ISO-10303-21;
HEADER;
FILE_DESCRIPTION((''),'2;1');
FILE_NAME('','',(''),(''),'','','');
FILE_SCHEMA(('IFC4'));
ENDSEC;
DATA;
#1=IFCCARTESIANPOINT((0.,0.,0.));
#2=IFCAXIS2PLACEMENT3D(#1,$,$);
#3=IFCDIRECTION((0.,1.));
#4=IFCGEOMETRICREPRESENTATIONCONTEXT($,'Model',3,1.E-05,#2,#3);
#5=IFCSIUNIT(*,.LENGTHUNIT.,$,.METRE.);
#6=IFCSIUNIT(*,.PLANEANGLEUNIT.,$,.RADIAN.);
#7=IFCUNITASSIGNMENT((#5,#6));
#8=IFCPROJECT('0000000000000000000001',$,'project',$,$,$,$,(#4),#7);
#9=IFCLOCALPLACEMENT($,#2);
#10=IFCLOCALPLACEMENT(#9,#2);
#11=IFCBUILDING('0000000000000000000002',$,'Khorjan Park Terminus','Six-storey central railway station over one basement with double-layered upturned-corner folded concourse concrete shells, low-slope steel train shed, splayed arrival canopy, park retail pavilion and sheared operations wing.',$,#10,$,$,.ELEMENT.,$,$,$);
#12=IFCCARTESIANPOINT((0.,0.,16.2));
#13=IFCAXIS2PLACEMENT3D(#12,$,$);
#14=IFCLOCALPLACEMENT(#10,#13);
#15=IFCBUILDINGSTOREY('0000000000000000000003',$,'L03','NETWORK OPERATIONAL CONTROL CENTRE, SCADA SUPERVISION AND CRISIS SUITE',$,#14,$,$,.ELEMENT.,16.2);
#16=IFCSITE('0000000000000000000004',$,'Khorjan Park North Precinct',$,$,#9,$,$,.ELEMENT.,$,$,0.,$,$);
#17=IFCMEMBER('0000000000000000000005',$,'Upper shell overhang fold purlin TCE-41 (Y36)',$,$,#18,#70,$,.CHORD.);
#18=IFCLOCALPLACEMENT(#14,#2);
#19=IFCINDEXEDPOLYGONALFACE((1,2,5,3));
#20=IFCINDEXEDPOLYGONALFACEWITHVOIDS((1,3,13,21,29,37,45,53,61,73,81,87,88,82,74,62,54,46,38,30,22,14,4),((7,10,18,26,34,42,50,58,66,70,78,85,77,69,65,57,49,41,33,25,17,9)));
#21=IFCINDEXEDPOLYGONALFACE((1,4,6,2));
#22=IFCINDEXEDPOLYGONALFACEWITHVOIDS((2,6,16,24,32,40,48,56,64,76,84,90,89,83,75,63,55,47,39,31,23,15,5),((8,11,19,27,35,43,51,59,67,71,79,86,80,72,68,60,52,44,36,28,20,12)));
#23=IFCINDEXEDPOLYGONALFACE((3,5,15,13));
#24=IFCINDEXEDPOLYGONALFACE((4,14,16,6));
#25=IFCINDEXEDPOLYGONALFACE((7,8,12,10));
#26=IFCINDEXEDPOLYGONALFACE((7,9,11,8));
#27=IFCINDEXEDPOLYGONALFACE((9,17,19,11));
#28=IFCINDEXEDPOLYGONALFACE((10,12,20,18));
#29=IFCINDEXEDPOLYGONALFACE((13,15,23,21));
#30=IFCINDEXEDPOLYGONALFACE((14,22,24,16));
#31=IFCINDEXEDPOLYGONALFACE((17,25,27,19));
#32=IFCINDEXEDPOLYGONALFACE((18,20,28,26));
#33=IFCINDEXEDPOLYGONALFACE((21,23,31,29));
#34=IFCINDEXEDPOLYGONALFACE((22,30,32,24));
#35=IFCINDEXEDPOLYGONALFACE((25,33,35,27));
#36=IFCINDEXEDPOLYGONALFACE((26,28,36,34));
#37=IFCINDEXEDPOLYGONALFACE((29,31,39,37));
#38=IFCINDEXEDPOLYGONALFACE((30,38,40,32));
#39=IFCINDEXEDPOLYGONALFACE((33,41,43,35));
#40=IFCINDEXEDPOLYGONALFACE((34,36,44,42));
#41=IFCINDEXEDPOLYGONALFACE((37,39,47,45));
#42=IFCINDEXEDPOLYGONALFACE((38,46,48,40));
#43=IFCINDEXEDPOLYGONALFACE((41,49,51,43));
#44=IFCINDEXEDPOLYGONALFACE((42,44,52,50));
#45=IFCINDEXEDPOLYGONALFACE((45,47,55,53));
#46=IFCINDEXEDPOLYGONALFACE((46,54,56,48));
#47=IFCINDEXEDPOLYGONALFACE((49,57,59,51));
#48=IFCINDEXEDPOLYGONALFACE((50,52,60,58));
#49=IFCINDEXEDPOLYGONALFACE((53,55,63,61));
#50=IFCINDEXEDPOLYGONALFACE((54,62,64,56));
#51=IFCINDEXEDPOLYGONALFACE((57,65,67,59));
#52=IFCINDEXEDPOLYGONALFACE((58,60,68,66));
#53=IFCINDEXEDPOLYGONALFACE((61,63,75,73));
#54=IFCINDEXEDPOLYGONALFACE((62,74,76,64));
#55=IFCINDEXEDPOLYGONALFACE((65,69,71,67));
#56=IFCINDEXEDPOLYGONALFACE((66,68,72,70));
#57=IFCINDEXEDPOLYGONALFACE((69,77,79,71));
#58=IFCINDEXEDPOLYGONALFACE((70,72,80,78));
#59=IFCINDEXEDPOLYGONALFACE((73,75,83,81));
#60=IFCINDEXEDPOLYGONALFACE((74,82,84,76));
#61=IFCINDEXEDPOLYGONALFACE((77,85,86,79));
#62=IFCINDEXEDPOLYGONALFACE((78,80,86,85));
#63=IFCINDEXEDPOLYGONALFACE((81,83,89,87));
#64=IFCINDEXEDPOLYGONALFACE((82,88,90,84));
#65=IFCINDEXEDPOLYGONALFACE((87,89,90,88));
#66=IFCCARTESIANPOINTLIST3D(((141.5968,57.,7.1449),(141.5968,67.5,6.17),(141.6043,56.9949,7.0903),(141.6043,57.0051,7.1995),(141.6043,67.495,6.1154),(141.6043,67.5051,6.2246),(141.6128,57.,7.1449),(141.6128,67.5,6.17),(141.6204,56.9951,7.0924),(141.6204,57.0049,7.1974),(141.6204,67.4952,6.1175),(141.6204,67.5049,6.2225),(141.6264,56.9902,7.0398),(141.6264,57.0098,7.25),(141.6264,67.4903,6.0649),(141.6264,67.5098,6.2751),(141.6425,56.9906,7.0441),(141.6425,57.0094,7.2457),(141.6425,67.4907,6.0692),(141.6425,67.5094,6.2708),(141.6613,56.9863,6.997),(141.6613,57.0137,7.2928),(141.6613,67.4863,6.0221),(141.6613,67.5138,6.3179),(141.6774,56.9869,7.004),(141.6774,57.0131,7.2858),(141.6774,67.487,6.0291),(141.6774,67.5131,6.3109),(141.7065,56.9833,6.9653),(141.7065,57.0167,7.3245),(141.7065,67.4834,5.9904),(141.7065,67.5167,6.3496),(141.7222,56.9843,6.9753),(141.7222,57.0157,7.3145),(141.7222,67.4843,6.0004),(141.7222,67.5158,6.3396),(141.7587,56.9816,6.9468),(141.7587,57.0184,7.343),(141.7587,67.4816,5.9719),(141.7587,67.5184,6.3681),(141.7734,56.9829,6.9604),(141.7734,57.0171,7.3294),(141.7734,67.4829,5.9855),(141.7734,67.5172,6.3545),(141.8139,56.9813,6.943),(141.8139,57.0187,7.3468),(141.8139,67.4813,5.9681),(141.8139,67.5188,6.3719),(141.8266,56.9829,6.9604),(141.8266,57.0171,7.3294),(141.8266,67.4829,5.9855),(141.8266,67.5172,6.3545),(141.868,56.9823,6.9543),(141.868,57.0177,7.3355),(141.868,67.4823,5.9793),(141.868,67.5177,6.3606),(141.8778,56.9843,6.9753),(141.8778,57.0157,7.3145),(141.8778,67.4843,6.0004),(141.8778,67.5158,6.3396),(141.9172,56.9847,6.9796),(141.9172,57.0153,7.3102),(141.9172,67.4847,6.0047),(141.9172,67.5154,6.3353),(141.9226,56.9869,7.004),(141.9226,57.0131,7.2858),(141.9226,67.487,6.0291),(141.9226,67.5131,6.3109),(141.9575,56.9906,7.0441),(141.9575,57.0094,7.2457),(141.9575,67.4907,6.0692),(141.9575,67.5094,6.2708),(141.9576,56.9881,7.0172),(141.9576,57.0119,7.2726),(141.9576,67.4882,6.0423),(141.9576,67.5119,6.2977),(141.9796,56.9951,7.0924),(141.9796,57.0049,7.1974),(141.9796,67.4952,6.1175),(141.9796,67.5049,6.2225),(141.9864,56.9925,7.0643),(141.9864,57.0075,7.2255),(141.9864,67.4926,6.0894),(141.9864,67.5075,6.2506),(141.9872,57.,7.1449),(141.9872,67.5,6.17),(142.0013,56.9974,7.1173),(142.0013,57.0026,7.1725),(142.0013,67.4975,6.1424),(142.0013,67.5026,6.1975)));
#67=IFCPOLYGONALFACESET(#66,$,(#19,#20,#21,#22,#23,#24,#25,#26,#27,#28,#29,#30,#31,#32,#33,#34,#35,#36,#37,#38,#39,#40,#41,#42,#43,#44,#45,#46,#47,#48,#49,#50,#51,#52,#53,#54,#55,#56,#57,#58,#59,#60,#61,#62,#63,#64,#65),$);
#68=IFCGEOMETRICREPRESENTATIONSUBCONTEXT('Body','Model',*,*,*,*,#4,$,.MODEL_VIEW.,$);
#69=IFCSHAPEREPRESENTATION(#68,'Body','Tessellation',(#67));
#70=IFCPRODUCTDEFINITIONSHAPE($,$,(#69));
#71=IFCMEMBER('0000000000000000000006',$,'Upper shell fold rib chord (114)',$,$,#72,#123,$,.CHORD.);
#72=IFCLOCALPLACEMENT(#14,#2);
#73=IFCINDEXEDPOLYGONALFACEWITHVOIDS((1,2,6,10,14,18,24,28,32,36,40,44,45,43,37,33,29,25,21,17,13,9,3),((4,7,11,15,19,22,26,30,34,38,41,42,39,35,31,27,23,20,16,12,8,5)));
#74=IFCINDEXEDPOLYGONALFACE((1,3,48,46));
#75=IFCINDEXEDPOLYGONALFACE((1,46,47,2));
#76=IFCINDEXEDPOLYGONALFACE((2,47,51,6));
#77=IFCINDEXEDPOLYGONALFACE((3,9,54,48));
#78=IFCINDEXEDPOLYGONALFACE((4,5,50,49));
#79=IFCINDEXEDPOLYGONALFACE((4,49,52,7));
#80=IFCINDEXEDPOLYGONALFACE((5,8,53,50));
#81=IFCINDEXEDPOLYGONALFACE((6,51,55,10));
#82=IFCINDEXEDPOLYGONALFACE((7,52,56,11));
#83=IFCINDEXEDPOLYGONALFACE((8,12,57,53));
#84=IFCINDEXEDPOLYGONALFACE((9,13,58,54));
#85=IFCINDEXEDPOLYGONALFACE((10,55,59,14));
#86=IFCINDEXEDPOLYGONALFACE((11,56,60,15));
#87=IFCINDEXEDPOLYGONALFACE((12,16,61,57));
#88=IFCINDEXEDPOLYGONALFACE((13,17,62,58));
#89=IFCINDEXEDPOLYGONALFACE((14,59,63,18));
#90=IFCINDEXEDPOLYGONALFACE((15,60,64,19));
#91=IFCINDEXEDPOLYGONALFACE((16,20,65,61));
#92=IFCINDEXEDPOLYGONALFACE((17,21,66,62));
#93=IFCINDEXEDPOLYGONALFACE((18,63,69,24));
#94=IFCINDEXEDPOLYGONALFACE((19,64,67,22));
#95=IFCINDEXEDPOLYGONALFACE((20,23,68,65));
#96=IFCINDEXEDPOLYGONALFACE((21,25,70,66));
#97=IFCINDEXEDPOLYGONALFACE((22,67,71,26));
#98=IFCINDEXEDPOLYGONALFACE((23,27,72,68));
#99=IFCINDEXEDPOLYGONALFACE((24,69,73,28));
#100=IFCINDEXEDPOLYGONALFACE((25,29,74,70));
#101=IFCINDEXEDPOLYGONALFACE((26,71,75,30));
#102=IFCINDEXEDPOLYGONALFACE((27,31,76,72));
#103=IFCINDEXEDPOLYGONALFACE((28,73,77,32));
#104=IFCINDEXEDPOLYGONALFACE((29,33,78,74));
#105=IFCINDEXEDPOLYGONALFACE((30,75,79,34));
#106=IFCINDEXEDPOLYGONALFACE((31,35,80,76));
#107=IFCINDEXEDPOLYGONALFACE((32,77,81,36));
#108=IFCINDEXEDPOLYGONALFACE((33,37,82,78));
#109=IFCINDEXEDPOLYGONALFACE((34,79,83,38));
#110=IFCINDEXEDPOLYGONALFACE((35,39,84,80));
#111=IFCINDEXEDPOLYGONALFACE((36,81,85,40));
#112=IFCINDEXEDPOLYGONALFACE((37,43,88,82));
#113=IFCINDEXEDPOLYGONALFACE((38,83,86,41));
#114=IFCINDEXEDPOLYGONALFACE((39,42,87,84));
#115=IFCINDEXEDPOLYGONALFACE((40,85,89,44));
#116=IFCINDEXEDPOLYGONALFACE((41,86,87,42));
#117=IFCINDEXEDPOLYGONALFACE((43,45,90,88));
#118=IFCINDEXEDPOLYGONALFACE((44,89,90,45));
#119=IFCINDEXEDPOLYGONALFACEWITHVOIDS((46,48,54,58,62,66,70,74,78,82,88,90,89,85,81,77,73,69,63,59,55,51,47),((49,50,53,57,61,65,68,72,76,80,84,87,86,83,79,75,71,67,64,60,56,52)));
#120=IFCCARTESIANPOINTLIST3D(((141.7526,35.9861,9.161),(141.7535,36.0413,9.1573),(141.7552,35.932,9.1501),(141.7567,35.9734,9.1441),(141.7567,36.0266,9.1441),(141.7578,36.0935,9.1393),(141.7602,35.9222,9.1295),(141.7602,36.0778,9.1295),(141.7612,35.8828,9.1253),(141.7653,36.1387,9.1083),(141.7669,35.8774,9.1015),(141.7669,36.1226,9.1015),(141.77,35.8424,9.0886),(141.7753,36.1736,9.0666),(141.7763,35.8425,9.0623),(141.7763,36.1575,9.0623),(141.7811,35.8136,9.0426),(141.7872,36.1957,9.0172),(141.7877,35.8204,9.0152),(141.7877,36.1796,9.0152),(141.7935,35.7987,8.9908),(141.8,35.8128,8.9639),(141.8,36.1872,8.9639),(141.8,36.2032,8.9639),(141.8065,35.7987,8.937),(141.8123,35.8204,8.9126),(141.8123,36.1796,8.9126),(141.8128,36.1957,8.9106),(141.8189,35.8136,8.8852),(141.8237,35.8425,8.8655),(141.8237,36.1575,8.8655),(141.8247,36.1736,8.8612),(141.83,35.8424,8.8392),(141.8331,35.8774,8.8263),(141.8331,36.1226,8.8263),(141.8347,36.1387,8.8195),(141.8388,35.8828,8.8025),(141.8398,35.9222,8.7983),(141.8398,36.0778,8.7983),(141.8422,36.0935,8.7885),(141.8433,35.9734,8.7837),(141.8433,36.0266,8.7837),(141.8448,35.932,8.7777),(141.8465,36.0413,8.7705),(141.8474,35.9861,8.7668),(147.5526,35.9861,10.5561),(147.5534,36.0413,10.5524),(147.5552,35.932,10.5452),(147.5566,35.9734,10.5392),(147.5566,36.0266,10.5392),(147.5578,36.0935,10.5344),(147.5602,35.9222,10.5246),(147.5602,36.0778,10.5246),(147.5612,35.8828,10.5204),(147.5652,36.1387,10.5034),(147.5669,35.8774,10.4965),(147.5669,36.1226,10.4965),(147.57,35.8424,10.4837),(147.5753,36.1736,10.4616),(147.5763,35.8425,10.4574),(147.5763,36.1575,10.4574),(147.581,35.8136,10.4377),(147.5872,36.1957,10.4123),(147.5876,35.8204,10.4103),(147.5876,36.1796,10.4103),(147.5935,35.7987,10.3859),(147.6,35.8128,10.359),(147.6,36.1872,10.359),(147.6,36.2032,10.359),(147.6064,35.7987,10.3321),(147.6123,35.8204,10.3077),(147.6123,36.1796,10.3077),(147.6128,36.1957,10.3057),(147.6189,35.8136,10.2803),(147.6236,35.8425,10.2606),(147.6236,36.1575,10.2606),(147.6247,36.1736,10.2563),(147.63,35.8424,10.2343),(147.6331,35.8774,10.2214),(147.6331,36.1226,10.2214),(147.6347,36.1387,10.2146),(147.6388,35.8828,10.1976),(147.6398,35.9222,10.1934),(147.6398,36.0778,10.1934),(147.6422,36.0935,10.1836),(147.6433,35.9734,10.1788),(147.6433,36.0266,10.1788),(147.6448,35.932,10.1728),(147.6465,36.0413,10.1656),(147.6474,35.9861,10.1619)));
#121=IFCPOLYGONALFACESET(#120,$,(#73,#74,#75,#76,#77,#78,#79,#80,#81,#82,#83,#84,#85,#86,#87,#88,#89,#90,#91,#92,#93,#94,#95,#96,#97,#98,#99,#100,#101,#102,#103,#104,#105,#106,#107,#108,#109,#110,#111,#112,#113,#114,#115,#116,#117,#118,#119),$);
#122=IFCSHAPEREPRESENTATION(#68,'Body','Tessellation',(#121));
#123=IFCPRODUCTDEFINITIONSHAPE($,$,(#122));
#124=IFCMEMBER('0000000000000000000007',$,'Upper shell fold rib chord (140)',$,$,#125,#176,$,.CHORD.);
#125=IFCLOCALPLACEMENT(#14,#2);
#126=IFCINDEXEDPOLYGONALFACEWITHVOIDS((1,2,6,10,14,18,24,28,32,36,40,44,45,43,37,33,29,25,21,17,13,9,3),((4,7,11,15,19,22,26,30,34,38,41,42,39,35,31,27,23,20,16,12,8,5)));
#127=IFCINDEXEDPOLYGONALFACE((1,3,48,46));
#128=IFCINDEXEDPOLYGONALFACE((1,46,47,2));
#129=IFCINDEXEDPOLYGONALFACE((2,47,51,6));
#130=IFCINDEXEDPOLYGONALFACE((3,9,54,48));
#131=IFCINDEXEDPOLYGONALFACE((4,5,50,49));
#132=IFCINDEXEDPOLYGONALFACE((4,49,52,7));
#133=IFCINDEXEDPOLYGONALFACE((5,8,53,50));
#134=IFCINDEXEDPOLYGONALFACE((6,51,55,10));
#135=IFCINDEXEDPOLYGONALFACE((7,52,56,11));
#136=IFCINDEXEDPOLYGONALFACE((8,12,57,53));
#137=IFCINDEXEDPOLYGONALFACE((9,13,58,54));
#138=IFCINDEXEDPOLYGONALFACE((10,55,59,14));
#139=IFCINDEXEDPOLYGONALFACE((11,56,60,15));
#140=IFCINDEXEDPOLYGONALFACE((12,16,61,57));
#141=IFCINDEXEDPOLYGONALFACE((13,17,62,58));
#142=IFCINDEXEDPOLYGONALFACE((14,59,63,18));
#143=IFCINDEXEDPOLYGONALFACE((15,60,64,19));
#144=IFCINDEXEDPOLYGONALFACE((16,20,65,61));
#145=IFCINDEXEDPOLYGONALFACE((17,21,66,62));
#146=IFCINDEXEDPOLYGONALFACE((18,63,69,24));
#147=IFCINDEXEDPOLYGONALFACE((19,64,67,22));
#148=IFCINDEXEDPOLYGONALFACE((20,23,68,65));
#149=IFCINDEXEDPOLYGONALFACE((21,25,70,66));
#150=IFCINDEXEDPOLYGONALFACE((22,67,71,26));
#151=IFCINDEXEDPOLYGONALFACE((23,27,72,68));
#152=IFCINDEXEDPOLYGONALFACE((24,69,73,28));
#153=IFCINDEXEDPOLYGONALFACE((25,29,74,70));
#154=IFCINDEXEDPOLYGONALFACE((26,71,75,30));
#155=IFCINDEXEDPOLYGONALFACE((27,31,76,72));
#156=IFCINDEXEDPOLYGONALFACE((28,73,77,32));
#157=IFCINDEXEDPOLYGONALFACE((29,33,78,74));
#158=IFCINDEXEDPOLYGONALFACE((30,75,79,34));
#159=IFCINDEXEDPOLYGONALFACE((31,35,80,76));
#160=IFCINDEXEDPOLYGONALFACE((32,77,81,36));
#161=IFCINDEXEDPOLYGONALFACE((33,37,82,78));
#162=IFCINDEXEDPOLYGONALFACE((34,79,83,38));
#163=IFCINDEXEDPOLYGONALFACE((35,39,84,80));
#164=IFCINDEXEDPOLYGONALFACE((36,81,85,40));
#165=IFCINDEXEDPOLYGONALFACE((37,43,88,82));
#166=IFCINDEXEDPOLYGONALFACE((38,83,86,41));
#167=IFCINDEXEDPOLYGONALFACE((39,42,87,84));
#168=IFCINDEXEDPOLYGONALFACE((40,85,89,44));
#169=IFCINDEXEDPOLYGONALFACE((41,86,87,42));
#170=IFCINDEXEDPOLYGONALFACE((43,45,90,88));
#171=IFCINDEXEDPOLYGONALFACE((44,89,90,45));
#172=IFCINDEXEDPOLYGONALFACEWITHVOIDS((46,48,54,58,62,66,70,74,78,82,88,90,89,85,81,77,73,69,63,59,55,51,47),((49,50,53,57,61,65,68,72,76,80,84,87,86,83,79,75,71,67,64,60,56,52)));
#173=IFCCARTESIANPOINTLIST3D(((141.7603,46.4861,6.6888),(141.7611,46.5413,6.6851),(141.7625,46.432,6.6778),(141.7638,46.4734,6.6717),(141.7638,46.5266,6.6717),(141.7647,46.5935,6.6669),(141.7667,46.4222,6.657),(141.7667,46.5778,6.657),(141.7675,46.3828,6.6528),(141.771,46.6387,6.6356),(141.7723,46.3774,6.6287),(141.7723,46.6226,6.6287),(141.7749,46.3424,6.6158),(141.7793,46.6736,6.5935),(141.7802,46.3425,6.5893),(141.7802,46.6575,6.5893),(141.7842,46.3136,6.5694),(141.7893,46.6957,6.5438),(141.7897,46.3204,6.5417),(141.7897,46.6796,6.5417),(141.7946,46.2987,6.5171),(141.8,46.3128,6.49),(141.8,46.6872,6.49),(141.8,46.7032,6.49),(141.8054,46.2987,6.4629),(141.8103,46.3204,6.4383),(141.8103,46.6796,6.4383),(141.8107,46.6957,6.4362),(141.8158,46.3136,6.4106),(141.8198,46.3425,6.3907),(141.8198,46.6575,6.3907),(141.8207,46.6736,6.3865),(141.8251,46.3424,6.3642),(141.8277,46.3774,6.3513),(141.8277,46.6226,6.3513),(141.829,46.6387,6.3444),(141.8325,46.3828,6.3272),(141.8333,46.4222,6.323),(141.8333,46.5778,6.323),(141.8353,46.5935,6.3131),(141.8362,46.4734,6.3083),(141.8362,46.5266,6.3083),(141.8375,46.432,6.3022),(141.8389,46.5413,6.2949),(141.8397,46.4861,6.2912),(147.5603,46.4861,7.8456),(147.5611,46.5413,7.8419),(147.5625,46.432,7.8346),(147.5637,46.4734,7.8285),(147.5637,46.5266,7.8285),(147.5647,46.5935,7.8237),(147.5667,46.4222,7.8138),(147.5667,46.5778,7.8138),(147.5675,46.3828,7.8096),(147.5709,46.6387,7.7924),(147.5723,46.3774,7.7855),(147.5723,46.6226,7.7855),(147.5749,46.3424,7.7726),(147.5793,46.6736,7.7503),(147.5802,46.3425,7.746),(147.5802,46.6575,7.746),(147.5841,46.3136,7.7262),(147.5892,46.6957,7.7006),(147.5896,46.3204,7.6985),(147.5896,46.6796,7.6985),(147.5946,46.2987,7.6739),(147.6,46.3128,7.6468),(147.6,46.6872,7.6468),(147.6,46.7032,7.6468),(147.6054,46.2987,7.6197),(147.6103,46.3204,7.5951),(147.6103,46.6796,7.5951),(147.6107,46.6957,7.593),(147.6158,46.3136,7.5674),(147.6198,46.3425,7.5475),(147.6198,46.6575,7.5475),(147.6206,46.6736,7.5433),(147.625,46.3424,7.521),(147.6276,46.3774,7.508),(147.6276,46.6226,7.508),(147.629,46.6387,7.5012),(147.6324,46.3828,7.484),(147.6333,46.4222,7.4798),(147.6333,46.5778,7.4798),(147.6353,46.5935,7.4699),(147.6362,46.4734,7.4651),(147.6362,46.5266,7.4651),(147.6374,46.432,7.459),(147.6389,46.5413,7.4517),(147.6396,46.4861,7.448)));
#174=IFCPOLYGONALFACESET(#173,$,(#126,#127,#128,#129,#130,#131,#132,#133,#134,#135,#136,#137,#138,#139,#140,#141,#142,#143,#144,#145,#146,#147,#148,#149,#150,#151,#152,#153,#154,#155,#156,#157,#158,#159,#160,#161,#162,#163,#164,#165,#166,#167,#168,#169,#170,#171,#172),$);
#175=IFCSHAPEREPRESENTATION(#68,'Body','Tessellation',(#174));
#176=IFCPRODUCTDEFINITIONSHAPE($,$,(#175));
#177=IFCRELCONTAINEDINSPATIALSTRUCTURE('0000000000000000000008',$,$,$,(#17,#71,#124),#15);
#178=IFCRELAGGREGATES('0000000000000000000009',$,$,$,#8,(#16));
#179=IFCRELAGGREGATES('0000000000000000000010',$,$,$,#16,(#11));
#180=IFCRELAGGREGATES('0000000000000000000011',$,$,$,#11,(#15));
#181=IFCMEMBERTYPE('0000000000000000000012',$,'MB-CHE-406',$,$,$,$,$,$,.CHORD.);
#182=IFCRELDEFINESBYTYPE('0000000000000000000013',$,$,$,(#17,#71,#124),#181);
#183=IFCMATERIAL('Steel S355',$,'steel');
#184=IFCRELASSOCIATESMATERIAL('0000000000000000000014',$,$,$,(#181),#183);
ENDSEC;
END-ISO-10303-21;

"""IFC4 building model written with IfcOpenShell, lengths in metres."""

from ifc_helpers import new_model, si_unit, direction, frame, origin, origin_2d, place, context, subcontext, project, spatial, hollow_circle, extrude, material, material_profile, profile_set, type_object, element, save


model = new_model("IFC4")

# Units and contexts
model_context = context("Model", 3, precision=1e-05, world=origin(), true_north=direction((0.0, 1.0)))
body_context = subcontext(model_context, "Body", "Model", "MODEL_VIEW")
ifc_project = project(units=[si_unit("LENGTHUNIT", "METRE"), si_unit("PLANEANGLEUNIT", "RADIAN")], contexts=[model_context])

# Site, building, storey
site_placement = place(None, origin())
site = spatial("IfcSite", under=ifc_project, at=site_placement, Name="Khorjan Park North Precinct", CompositionType="ELEMENT", RefElevation=0.0)
building_placement = place(site_placement, origin())
building = spatial("IfcBuilding", under=site, at=building_placement, Name="Khorjan Park Terminus", Description="Six-storey central railway station over one basement with double-layered upturned-corner folded concourse concrete shells, low-slope steel train shed, splayed arrival canopy, park retail pavilion and sheared operations wing.", CompositionType="ELEMENT")
storey_placement = place(building_placement, frame((0.0, 0.0, 16.2)))
storey = spatial("IfcBuildingStorey", under=building, at=storey_placement, Name="L03", Description="NETWORK OPERATIONAL CONTROL CENTRE, SCADA SUPERVISION AND CRISIS SUITE", CompositionType="ELEMENT", Elevation=16.2)

# Shared definitions
ifc_material_1 = material(Name="Steel S355", Category="steel")

# Members
ifc_material_profile_1 = material_profile(ifc_material_1, hollow_circle(Radius=0.2032, WallThickness=0.016, at=origin_2d()), Name="CHS 406.4x16")
ifc_profile_set_1 = profile_set([ifc_material_profile_1], Name="Steel S355")
member_type_1 = type_object("IfcMemberType", Name="MB-CHE-406", PredefinedType="CHORD", material=ifc_profile_set_1)
for number, where, z_axis, x_axis, name in (
    (1, (141.8, 57.0, 7.1449), (0.0, 0.995717, -0.09245), (-1.0, 0.0, 0.0), "Upper shell overhang fold purlin TCE-41 (Y36)"),
):
    element("IfcMember", number, at=place(storey_placement, frame(where, z_axis=z_axis, x_axis=x_axis)), inside=storey, type_object=member_type_1, Name=name, PredefinedType="CHORD", context=body_context, shape_type="SweptSolid", body=[
        extrude(hollow_circle(Radius=0.2032, WallThickness=0.016, at=origin_2d()), origin(), (0.0, 0.0, 1.0), 10.5452),
    ])
member_1_placement = place(storey_placement, frame((141.8, 36.0, 8.9639), z_axis=(0.972269, 0.0, 0.233864), x_axis=(0.0, 1.0, 0.0)))
element("IfcMember", 2, at=member_1_placement, inside=storey, type_object=member_type_1, Name="Upper shell fold rib chord (114)", PredefinedType="CHORD", context=body_context, shape_type="SweptSolid", body=[
    extrude(hollow_circle(Radius=0.2032, WallThickness=0.016, at=origin_2d()), origin(), (0.0, 0.0, 1.0), 5.9654),
])
member_2_placement = place(storey_placement, frame((141.8, 46.5, 6.49), z_axis=(0.980685, 0.0, 0.195596), x_axis=(0.0, 1.0, 0.0)))
element("IfcMember", 3, at=member_2_placement, inside=storey, type_object=member_type_1, Name="Upper shell fold rib chord (140)", PredefinedType="CHORD", context=body_context, shape_type="SweptSolid", body=[
    extrude(hollow_circle(Radius=0.2032, WallThickness=0.016, at=origin_2d()), origin(), (0.0, 0.0, 1.0), 5.9142),
])

save(model, "model.ifc")
